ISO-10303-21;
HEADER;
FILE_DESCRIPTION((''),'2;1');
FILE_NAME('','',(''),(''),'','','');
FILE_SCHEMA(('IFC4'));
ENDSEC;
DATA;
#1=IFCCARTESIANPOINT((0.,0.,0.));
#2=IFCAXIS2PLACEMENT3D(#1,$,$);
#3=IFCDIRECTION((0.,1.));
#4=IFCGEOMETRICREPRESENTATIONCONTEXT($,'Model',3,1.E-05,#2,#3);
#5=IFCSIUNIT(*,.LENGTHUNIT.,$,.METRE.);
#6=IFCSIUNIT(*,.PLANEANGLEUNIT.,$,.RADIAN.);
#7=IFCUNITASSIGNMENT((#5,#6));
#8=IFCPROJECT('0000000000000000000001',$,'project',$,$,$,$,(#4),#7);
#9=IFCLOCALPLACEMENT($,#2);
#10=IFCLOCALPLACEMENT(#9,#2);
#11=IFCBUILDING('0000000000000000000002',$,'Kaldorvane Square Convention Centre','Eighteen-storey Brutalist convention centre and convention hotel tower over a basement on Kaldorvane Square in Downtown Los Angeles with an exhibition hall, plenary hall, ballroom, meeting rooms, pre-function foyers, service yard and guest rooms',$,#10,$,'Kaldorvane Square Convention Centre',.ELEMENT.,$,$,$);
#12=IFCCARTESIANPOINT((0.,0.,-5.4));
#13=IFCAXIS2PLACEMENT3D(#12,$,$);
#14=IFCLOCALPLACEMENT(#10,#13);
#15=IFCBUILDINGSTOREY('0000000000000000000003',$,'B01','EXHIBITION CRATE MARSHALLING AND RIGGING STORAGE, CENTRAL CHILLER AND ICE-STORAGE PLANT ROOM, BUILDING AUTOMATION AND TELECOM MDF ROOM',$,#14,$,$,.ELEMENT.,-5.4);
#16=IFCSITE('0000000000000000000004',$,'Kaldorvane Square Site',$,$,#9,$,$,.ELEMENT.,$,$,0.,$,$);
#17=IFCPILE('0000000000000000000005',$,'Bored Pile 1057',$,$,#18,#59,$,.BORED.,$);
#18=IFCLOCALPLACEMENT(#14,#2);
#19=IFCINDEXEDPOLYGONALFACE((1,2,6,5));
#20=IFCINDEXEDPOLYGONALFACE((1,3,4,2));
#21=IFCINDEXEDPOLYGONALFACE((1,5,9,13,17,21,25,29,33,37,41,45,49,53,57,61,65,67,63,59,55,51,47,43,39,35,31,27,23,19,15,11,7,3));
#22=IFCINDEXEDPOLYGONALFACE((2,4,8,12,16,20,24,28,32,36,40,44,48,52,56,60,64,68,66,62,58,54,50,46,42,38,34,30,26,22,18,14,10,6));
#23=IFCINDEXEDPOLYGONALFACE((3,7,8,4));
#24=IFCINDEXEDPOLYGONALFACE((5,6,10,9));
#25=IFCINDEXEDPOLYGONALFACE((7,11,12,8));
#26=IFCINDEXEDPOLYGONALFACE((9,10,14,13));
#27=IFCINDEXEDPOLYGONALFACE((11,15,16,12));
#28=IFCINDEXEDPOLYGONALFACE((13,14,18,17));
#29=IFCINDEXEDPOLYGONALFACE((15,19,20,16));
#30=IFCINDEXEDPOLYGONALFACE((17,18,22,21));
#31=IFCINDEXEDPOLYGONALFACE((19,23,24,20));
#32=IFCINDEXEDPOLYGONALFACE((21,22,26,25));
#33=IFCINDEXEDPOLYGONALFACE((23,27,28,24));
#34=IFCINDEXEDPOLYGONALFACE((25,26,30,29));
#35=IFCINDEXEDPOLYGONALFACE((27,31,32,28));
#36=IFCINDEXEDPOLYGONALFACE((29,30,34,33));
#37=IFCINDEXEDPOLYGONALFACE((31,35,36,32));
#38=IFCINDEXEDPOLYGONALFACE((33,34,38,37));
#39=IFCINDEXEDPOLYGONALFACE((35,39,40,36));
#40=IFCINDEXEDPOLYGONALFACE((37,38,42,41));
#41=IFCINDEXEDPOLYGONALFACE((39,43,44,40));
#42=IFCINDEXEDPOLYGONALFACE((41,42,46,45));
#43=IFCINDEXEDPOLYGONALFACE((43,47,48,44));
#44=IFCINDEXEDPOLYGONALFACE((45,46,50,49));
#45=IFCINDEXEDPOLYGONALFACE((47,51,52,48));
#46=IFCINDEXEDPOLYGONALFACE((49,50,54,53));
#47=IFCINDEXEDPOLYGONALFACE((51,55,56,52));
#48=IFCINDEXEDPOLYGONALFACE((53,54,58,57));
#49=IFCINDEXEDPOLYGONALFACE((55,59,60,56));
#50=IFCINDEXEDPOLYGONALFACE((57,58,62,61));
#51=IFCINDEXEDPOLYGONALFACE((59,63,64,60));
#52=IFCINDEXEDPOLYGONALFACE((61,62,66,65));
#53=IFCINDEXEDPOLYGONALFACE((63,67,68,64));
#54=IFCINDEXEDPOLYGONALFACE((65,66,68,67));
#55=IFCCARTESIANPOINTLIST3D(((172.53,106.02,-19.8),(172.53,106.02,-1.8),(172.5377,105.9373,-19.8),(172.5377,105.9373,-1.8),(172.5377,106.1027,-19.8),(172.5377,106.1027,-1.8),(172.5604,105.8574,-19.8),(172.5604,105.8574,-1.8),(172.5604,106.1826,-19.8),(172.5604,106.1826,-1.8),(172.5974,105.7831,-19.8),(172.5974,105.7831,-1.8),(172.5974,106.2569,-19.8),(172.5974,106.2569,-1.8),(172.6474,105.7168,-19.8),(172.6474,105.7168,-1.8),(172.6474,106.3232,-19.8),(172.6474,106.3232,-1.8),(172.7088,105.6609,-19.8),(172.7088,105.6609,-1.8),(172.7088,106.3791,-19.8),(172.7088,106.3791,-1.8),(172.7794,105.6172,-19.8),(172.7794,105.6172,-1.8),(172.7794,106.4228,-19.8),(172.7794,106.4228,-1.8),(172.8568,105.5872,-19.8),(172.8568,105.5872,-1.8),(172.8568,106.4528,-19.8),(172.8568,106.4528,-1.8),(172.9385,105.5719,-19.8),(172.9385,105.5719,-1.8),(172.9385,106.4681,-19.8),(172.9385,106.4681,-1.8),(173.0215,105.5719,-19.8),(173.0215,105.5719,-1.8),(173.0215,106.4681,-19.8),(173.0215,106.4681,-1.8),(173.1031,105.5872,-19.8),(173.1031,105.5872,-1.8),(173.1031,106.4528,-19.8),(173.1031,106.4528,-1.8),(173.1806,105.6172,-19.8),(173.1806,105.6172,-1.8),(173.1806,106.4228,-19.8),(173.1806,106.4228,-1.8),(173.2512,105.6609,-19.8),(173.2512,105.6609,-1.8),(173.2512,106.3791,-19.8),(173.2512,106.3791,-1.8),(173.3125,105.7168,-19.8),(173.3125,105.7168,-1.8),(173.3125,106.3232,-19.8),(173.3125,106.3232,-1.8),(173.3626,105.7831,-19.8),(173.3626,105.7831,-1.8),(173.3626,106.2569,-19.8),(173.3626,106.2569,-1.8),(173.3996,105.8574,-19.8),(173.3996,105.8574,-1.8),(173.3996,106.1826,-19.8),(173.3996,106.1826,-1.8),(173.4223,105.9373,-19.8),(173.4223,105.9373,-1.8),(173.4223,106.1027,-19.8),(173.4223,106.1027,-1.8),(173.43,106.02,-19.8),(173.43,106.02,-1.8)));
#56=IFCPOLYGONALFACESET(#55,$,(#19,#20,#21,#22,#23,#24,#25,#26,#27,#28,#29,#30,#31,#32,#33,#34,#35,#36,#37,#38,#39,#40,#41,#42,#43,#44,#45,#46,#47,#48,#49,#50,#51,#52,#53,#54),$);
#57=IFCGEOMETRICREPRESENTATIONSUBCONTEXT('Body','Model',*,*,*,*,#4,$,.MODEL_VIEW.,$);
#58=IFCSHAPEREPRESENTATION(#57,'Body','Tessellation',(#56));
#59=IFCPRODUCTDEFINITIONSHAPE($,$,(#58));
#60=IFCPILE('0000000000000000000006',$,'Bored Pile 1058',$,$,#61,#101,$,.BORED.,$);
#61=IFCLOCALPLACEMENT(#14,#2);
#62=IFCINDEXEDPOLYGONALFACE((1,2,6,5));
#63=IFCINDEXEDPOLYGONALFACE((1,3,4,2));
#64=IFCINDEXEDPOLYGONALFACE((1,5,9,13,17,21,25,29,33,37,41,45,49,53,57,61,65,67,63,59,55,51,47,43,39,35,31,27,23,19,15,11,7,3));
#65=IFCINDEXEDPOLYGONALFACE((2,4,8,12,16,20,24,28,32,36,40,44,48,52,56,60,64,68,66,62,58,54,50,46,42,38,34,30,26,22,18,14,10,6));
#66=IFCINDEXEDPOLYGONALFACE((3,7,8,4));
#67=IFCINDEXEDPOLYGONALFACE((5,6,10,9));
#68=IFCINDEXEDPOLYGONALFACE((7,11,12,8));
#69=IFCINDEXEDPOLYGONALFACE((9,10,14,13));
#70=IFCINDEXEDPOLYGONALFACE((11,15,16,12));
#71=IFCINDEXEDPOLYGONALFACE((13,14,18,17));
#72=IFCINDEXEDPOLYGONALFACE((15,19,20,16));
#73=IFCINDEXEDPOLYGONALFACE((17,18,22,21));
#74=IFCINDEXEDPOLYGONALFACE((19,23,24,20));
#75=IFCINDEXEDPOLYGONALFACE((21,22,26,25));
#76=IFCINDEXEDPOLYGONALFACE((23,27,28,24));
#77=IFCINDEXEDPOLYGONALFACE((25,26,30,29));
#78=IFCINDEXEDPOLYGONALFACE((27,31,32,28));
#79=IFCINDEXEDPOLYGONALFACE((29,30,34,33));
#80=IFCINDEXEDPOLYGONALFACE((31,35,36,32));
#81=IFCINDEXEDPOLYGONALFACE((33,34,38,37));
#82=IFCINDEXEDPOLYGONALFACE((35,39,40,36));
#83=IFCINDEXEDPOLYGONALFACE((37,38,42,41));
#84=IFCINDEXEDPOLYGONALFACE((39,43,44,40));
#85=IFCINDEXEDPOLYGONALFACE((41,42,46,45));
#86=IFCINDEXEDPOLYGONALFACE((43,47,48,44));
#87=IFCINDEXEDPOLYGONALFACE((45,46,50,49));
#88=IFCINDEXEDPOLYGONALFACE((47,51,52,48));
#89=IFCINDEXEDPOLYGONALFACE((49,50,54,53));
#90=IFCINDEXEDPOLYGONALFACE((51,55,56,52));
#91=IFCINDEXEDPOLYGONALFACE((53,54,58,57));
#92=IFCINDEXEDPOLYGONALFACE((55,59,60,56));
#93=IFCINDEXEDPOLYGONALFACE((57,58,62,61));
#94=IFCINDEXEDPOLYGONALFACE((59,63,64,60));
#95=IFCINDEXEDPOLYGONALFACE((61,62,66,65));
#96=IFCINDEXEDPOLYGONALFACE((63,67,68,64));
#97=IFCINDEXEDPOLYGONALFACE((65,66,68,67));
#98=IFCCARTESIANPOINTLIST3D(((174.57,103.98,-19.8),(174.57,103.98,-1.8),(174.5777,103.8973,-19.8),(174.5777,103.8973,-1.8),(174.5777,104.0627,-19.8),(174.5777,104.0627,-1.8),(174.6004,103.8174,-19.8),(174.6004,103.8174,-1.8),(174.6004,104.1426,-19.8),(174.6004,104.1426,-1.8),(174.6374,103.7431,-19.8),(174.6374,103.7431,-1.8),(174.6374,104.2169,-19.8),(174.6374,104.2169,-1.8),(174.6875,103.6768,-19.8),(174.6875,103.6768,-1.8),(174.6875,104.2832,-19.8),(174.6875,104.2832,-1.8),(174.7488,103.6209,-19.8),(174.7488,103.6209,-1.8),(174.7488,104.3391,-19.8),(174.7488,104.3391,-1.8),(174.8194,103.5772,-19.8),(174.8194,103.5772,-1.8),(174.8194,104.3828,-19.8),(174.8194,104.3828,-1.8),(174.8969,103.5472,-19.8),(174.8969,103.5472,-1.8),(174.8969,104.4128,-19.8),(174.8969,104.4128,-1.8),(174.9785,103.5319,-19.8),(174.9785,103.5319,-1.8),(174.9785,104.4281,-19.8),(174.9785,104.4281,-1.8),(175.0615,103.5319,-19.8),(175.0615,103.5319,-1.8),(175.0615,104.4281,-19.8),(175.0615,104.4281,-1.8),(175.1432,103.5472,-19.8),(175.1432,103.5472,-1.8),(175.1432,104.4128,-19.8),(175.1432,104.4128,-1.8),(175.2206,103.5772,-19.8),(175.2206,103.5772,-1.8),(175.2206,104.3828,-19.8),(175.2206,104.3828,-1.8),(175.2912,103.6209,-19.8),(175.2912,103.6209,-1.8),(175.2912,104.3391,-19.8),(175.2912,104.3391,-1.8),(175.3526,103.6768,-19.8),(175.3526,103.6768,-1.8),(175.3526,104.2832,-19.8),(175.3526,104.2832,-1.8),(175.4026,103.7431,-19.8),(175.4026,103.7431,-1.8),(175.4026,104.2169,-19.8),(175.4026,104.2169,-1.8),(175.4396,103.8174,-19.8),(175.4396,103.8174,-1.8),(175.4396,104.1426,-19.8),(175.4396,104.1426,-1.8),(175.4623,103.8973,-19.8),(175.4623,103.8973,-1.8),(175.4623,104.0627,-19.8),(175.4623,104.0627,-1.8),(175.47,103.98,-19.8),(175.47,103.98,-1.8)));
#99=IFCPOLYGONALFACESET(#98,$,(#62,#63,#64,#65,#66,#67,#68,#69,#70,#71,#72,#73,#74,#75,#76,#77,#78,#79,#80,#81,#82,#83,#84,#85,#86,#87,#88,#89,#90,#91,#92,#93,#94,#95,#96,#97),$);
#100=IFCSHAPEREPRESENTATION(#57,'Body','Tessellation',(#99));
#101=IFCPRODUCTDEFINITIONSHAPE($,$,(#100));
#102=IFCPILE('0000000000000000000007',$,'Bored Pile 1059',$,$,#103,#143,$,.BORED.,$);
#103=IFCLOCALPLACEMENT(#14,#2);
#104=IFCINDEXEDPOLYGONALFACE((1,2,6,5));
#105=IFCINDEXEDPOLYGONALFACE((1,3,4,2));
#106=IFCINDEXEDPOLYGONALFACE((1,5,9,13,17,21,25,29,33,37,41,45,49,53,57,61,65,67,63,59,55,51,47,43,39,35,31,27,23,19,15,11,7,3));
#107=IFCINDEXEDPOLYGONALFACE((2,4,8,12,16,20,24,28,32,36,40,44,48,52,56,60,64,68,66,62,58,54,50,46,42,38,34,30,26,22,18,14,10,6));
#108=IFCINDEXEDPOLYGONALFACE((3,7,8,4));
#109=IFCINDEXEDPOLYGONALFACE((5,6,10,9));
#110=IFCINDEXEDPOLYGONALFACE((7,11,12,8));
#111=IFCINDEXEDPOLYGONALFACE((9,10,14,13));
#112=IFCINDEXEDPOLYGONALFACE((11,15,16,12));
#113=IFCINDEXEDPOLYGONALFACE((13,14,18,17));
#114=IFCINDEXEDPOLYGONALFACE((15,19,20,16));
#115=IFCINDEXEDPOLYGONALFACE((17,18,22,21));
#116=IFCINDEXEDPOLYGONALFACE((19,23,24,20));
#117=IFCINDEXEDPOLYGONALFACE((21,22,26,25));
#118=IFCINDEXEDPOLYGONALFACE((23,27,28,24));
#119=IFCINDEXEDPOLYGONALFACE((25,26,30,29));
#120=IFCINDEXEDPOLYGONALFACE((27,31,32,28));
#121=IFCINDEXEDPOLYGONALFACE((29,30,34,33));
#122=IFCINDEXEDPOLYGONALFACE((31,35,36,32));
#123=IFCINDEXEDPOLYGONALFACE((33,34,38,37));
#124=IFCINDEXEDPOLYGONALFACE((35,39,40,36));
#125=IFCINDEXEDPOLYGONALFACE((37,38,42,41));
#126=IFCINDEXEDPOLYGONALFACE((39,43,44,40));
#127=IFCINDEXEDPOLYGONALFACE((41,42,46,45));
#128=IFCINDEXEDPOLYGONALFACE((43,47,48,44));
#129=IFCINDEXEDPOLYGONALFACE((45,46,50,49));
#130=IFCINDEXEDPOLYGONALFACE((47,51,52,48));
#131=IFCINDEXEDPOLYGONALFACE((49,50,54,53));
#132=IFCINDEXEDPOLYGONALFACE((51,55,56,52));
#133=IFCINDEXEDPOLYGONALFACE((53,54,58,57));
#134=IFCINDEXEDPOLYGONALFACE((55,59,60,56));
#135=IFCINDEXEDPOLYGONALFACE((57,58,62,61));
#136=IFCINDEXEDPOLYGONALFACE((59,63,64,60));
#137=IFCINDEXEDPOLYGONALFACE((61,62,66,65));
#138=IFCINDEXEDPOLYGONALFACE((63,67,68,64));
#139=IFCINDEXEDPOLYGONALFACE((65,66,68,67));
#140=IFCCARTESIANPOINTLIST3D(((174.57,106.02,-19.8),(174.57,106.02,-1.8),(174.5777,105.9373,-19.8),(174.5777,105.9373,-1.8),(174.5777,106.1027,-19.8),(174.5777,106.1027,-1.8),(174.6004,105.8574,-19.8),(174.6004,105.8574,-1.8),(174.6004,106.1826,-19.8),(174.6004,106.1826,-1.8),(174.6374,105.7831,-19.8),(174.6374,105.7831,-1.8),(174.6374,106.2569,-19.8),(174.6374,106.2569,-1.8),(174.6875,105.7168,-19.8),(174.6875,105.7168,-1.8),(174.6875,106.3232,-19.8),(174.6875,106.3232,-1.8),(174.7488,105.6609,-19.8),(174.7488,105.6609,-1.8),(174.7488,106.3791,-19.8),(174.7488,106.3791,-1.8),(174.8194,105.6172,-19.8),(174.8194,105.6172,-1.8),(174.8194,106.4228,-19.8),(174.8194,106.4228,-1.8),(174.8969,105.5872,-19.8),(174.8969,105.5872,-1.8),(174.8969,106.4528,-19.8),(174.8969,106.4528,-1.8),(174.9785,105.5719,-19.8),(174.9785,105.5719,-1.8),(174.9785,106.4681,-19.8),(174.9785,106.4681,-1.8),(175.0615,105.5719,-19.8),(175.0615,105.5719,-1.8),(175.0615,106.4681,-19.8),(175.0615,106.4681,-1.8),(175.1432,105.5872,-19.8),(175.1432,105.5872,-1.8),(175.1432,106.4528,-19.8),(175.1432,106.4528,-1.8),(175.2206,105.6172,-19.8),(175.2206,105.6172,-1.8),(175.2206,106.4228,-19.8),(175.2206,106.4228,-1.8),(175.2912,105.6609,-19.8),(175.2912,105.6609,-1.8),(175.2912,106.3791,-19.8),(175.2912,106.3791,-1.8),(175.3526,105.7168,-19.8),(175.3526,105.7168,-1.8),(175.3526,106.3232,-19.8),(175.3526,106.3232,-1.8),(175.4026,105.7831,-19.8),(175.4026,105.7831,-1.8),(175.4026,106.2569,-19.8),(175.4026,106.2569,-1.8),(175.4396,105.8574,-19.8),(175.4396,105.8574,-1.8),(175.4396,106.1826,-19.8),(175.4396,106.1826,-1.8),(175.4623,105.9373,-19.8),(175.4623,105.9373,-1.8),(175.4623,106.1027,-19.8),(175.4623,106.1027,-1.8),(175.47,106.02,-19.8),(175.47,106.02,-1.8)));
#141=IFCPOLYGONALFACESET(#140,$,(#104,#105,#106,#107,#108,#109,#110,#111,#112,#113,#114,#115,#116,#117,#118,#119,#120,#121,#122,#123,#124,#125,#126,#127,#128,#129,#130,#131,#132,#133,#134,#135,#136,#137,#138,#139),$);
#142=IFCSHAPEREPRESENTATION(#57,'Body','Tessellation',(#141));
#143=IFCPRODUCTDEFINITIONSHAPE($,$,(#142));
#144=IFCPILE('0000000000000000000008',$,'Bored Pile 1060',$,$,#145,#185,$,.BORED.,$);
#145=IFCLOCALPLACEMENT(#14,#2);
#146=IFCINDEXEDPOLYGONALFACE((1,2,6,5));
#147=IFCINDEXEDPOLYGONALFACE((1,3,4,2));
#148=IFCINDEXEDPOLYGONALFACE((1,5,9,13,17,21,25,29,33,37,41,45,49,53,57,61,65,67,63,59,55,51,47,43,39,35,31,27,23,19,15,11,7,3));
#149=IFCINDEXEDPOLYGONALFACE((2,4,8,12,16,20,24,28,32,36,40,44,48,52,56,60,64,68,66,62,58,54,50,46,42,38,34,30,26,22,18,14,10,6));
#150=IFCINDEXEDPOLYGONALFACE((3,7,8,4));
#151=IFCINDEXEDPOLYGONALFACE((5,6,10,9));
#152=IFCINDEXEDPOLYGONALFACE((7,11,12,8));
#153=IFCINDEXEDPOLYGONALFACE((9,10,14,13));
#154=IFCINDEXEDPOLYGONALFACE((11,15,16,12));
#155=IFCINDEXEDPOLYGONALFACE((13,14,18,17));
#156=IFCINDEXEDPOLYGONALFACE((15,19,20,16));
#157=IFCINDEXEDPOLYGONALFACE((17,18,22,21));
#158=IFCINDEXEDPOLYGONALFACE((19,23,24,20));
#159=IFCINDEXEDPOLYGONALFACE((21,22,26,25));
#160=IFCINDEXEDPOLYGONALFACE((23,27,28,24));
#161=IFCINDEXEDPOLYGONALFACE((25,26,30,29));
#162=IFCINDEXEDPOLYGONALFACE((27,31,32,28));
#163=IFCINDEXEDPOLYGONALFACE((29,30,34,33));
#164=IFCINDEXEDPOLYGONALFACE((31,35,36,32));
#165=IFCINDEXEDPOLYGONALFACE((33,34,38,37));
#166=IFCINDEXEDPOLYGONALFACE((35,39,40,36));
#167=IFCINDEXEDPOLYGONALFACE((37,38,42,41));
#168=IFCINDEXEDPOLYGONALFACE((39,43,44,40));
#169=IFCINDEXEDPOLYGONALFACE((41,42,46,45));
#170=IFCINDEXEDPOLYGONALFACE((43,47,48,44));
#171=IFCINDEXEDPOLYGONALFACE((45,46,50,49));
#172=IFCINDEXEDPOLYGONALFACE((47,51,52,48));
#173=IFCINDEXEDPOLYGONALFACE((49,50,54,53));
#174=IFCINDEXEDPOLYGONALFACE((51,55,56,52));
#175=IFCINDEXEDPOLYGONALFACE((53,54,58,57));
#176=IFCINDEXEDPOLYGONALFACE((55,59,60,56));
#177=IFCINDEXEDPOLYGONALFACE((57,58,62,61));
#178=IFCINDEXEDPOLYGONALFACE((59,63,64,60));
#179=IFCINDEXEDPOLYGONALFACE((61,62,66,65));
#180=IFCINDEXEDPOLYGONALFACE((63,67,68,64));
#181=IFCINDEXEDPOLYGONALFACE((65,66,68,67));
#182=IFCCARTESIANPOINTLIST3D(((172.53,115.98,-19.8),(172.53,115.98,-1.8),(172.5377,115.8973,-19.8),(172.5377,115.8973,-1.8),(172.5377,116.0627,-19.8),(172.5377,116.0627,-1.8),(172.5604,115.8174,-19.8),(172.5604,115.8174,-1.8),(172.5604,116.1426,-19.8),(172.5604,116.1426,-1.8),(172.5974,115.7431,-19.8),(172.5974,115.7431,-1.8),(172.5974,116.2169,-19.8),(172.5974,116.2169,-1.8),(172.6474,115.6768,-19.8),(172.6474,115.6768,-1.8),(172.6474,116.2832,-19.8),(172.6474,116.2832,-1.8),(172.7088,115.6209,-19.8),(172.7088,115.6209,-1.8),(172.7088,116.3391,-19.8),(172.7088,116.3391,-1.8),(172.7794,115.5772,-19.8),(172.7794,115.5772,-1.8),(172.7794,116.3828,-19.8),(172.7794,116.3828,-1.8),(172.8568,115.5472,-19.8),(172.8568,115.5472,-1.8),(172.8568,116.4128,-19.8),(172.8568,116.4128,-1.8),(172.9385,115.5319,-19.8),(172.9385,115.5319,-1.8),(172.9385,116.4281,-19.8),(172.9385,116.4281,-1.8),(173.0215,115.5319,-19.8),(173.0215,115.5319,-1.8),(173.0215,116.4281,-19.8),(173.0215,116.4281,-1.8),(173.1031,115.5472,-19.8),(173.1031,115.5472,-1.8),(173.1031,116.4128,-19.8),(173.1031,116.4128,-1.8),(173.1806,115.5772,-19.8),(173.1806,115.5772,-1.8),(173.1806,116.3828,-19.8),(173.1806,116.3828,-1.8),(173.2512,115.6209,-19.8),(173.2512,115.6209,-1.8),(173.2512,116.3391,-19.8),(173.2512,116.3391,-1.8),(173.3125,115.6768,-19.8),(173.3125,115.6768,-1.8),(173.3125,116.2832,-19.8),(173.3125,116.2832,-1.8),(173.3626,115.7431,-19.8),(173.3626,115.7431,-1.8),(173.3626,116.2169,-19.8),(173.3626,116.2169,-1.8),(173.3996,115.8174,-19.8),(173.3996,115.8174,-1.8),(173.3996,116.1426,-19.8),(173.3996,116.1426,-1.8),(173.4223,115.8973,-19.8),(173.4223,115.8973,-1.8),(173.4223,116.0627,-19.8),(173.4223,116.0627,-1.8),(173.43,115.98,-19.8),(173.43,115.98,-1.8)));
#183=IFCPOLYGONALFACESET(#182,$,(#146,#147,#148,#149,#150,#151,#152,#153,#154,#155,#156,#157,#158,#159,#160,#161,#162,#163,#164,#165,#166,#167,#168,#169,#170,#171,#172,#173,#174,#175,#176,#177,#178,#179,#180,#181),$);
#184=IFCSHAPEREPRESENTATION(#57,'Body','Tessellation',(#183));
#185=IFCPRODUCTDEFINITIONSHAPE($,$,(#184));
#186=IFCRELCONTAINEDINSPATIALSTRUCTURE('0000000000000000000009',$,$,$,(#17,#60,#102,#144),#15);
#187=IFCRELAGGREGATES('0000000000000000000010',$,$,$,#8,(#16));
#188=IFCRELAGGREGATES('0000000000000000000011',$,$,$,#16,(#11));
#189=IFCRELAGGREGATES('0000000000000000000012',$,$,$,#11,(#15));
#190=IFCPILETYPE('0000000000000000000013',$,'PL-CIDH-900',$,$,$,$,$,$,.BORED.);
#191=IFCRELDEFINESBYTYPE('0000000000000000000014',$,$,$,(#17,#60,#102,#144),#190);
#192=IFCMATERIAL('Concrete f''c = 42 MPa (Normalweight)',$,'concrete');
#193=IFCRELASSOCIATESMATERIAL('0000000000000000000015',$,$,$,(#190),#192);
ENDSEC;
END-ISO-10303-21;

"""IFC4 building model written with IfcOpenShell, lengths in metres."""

from ifc_helpers import new_model, si_unit, direction, frame, origin, origin_2d, place, context, subcontext, project, spatial, circle, extrude, material, material_profile, profile_set, type_object, element, save


model = new_model("IFC4")

# Units and contexts
model_context = context("Model", 3, precision=1e-05, world=origin(), true_north=direction((0.0, 1.0)))
body_context = subcontext(model_context, "Body", "Model", "MODEL_VIEW")
ifc_project = project(units=[si_unit("LENGTHUNIT", "METRE"), si_unit("PLANEANGLEUNIT", "RADIAN")], contexts=[model_context])

# Site, building, storey
site_placement = place(None, origin())
site = spatial("IfcSite", under=ifc_project, at=site_placement, Name="Kaldorvane Square Site", CompositionType="ELEMENT", RefElevation=0.0)
building_placement = place(site_placement, origin())
building = spatial("IfcBuilding", under=site, at=building_placement, Name="Kaldorvane Square Convention Centre", Description="Eighteen-storey Brutalist convention centre and convention hotel tower over a basement on Kaldorvane Square in Downtown Los Angeles with an exhibition hall, plenary hall, ballroom, meeting rooms, pre-function foyers, service yard and guest rooms", LongName="Kaldorvane Square Convention Centre", CompositionType="ELEMENT")
storey_placement = place(building_placement, frame((0.0, 0.0, -5.4)))
storey = spatial("IfcBuildingStorey", under=building, at=storey_placement, Name="B01", Description="EXHIBITION CRATE MARSHALLING AND RIGGING STORAGE, CENTRAL CHILLER AND ICE-STORAGE PLANT ROOM, BUILDING AUTOMATION AND TELECOM MDF ROOM", CompositionType="ELEMENT", Elevation=-5.4)

# Shared definitions
ifc_material_1 = material(Name="Concrete f'c = 42 MPa (Normalweight)", Category="concrete")

# Piles
ifc_material_profile_1 = material_profile(ifc_material_1, circle(Radius=0.45, at=origin_2d()), Name="PILE-D900")
ifc_profile_set_1 = profile_set([ifc_material_profile_1], Name="Concrete f'c = 42 MPa (Normalweight)")
pile_type = type_object("IfcPileType", Name="PL-CIDH-900", PredefinedType="BORED", material=ifc_profile_set_1)
for number, where, z_axis, x_axis, name in (
    (1, (172.98, 106.02, -1.8), (0.0, 0.0, -1.0), (1.0, 0.0, 0.0), "Bored Pile 1057"),
    (2, (175.02, 103.98, -1.8), (0.0, 0.0, -1.0), (1.0, 0.0, 0.0), "Bored Pile 1058"),
    (3, (175.02, 106.02, -1.8), (0.0, 0.0, -1.0), (1.0, 0.0, 0.0), "Bored Pile 1059"),
    (4, (172.98, 115.98, -1.8), (0.0, 0.0, -1.0), (1.0, 0.0, 0.0), "Bored Pile 1060"),
):
    element("IfcPile", number, at=place(storey_placement, frame(where, z_axis=z_axis, x_axis=x_axis)), inside=storey, type_object=pile_type, Name=name, PredefinedType="BORED", context=body_context, shape_type="SweptSolid", body=[
        extrude(circle(Radius=0.45, at=origin_2d()), origin(), (0.0, 0.0, 1.0), 18.0),
    ])

save(model, "model.ifc")
